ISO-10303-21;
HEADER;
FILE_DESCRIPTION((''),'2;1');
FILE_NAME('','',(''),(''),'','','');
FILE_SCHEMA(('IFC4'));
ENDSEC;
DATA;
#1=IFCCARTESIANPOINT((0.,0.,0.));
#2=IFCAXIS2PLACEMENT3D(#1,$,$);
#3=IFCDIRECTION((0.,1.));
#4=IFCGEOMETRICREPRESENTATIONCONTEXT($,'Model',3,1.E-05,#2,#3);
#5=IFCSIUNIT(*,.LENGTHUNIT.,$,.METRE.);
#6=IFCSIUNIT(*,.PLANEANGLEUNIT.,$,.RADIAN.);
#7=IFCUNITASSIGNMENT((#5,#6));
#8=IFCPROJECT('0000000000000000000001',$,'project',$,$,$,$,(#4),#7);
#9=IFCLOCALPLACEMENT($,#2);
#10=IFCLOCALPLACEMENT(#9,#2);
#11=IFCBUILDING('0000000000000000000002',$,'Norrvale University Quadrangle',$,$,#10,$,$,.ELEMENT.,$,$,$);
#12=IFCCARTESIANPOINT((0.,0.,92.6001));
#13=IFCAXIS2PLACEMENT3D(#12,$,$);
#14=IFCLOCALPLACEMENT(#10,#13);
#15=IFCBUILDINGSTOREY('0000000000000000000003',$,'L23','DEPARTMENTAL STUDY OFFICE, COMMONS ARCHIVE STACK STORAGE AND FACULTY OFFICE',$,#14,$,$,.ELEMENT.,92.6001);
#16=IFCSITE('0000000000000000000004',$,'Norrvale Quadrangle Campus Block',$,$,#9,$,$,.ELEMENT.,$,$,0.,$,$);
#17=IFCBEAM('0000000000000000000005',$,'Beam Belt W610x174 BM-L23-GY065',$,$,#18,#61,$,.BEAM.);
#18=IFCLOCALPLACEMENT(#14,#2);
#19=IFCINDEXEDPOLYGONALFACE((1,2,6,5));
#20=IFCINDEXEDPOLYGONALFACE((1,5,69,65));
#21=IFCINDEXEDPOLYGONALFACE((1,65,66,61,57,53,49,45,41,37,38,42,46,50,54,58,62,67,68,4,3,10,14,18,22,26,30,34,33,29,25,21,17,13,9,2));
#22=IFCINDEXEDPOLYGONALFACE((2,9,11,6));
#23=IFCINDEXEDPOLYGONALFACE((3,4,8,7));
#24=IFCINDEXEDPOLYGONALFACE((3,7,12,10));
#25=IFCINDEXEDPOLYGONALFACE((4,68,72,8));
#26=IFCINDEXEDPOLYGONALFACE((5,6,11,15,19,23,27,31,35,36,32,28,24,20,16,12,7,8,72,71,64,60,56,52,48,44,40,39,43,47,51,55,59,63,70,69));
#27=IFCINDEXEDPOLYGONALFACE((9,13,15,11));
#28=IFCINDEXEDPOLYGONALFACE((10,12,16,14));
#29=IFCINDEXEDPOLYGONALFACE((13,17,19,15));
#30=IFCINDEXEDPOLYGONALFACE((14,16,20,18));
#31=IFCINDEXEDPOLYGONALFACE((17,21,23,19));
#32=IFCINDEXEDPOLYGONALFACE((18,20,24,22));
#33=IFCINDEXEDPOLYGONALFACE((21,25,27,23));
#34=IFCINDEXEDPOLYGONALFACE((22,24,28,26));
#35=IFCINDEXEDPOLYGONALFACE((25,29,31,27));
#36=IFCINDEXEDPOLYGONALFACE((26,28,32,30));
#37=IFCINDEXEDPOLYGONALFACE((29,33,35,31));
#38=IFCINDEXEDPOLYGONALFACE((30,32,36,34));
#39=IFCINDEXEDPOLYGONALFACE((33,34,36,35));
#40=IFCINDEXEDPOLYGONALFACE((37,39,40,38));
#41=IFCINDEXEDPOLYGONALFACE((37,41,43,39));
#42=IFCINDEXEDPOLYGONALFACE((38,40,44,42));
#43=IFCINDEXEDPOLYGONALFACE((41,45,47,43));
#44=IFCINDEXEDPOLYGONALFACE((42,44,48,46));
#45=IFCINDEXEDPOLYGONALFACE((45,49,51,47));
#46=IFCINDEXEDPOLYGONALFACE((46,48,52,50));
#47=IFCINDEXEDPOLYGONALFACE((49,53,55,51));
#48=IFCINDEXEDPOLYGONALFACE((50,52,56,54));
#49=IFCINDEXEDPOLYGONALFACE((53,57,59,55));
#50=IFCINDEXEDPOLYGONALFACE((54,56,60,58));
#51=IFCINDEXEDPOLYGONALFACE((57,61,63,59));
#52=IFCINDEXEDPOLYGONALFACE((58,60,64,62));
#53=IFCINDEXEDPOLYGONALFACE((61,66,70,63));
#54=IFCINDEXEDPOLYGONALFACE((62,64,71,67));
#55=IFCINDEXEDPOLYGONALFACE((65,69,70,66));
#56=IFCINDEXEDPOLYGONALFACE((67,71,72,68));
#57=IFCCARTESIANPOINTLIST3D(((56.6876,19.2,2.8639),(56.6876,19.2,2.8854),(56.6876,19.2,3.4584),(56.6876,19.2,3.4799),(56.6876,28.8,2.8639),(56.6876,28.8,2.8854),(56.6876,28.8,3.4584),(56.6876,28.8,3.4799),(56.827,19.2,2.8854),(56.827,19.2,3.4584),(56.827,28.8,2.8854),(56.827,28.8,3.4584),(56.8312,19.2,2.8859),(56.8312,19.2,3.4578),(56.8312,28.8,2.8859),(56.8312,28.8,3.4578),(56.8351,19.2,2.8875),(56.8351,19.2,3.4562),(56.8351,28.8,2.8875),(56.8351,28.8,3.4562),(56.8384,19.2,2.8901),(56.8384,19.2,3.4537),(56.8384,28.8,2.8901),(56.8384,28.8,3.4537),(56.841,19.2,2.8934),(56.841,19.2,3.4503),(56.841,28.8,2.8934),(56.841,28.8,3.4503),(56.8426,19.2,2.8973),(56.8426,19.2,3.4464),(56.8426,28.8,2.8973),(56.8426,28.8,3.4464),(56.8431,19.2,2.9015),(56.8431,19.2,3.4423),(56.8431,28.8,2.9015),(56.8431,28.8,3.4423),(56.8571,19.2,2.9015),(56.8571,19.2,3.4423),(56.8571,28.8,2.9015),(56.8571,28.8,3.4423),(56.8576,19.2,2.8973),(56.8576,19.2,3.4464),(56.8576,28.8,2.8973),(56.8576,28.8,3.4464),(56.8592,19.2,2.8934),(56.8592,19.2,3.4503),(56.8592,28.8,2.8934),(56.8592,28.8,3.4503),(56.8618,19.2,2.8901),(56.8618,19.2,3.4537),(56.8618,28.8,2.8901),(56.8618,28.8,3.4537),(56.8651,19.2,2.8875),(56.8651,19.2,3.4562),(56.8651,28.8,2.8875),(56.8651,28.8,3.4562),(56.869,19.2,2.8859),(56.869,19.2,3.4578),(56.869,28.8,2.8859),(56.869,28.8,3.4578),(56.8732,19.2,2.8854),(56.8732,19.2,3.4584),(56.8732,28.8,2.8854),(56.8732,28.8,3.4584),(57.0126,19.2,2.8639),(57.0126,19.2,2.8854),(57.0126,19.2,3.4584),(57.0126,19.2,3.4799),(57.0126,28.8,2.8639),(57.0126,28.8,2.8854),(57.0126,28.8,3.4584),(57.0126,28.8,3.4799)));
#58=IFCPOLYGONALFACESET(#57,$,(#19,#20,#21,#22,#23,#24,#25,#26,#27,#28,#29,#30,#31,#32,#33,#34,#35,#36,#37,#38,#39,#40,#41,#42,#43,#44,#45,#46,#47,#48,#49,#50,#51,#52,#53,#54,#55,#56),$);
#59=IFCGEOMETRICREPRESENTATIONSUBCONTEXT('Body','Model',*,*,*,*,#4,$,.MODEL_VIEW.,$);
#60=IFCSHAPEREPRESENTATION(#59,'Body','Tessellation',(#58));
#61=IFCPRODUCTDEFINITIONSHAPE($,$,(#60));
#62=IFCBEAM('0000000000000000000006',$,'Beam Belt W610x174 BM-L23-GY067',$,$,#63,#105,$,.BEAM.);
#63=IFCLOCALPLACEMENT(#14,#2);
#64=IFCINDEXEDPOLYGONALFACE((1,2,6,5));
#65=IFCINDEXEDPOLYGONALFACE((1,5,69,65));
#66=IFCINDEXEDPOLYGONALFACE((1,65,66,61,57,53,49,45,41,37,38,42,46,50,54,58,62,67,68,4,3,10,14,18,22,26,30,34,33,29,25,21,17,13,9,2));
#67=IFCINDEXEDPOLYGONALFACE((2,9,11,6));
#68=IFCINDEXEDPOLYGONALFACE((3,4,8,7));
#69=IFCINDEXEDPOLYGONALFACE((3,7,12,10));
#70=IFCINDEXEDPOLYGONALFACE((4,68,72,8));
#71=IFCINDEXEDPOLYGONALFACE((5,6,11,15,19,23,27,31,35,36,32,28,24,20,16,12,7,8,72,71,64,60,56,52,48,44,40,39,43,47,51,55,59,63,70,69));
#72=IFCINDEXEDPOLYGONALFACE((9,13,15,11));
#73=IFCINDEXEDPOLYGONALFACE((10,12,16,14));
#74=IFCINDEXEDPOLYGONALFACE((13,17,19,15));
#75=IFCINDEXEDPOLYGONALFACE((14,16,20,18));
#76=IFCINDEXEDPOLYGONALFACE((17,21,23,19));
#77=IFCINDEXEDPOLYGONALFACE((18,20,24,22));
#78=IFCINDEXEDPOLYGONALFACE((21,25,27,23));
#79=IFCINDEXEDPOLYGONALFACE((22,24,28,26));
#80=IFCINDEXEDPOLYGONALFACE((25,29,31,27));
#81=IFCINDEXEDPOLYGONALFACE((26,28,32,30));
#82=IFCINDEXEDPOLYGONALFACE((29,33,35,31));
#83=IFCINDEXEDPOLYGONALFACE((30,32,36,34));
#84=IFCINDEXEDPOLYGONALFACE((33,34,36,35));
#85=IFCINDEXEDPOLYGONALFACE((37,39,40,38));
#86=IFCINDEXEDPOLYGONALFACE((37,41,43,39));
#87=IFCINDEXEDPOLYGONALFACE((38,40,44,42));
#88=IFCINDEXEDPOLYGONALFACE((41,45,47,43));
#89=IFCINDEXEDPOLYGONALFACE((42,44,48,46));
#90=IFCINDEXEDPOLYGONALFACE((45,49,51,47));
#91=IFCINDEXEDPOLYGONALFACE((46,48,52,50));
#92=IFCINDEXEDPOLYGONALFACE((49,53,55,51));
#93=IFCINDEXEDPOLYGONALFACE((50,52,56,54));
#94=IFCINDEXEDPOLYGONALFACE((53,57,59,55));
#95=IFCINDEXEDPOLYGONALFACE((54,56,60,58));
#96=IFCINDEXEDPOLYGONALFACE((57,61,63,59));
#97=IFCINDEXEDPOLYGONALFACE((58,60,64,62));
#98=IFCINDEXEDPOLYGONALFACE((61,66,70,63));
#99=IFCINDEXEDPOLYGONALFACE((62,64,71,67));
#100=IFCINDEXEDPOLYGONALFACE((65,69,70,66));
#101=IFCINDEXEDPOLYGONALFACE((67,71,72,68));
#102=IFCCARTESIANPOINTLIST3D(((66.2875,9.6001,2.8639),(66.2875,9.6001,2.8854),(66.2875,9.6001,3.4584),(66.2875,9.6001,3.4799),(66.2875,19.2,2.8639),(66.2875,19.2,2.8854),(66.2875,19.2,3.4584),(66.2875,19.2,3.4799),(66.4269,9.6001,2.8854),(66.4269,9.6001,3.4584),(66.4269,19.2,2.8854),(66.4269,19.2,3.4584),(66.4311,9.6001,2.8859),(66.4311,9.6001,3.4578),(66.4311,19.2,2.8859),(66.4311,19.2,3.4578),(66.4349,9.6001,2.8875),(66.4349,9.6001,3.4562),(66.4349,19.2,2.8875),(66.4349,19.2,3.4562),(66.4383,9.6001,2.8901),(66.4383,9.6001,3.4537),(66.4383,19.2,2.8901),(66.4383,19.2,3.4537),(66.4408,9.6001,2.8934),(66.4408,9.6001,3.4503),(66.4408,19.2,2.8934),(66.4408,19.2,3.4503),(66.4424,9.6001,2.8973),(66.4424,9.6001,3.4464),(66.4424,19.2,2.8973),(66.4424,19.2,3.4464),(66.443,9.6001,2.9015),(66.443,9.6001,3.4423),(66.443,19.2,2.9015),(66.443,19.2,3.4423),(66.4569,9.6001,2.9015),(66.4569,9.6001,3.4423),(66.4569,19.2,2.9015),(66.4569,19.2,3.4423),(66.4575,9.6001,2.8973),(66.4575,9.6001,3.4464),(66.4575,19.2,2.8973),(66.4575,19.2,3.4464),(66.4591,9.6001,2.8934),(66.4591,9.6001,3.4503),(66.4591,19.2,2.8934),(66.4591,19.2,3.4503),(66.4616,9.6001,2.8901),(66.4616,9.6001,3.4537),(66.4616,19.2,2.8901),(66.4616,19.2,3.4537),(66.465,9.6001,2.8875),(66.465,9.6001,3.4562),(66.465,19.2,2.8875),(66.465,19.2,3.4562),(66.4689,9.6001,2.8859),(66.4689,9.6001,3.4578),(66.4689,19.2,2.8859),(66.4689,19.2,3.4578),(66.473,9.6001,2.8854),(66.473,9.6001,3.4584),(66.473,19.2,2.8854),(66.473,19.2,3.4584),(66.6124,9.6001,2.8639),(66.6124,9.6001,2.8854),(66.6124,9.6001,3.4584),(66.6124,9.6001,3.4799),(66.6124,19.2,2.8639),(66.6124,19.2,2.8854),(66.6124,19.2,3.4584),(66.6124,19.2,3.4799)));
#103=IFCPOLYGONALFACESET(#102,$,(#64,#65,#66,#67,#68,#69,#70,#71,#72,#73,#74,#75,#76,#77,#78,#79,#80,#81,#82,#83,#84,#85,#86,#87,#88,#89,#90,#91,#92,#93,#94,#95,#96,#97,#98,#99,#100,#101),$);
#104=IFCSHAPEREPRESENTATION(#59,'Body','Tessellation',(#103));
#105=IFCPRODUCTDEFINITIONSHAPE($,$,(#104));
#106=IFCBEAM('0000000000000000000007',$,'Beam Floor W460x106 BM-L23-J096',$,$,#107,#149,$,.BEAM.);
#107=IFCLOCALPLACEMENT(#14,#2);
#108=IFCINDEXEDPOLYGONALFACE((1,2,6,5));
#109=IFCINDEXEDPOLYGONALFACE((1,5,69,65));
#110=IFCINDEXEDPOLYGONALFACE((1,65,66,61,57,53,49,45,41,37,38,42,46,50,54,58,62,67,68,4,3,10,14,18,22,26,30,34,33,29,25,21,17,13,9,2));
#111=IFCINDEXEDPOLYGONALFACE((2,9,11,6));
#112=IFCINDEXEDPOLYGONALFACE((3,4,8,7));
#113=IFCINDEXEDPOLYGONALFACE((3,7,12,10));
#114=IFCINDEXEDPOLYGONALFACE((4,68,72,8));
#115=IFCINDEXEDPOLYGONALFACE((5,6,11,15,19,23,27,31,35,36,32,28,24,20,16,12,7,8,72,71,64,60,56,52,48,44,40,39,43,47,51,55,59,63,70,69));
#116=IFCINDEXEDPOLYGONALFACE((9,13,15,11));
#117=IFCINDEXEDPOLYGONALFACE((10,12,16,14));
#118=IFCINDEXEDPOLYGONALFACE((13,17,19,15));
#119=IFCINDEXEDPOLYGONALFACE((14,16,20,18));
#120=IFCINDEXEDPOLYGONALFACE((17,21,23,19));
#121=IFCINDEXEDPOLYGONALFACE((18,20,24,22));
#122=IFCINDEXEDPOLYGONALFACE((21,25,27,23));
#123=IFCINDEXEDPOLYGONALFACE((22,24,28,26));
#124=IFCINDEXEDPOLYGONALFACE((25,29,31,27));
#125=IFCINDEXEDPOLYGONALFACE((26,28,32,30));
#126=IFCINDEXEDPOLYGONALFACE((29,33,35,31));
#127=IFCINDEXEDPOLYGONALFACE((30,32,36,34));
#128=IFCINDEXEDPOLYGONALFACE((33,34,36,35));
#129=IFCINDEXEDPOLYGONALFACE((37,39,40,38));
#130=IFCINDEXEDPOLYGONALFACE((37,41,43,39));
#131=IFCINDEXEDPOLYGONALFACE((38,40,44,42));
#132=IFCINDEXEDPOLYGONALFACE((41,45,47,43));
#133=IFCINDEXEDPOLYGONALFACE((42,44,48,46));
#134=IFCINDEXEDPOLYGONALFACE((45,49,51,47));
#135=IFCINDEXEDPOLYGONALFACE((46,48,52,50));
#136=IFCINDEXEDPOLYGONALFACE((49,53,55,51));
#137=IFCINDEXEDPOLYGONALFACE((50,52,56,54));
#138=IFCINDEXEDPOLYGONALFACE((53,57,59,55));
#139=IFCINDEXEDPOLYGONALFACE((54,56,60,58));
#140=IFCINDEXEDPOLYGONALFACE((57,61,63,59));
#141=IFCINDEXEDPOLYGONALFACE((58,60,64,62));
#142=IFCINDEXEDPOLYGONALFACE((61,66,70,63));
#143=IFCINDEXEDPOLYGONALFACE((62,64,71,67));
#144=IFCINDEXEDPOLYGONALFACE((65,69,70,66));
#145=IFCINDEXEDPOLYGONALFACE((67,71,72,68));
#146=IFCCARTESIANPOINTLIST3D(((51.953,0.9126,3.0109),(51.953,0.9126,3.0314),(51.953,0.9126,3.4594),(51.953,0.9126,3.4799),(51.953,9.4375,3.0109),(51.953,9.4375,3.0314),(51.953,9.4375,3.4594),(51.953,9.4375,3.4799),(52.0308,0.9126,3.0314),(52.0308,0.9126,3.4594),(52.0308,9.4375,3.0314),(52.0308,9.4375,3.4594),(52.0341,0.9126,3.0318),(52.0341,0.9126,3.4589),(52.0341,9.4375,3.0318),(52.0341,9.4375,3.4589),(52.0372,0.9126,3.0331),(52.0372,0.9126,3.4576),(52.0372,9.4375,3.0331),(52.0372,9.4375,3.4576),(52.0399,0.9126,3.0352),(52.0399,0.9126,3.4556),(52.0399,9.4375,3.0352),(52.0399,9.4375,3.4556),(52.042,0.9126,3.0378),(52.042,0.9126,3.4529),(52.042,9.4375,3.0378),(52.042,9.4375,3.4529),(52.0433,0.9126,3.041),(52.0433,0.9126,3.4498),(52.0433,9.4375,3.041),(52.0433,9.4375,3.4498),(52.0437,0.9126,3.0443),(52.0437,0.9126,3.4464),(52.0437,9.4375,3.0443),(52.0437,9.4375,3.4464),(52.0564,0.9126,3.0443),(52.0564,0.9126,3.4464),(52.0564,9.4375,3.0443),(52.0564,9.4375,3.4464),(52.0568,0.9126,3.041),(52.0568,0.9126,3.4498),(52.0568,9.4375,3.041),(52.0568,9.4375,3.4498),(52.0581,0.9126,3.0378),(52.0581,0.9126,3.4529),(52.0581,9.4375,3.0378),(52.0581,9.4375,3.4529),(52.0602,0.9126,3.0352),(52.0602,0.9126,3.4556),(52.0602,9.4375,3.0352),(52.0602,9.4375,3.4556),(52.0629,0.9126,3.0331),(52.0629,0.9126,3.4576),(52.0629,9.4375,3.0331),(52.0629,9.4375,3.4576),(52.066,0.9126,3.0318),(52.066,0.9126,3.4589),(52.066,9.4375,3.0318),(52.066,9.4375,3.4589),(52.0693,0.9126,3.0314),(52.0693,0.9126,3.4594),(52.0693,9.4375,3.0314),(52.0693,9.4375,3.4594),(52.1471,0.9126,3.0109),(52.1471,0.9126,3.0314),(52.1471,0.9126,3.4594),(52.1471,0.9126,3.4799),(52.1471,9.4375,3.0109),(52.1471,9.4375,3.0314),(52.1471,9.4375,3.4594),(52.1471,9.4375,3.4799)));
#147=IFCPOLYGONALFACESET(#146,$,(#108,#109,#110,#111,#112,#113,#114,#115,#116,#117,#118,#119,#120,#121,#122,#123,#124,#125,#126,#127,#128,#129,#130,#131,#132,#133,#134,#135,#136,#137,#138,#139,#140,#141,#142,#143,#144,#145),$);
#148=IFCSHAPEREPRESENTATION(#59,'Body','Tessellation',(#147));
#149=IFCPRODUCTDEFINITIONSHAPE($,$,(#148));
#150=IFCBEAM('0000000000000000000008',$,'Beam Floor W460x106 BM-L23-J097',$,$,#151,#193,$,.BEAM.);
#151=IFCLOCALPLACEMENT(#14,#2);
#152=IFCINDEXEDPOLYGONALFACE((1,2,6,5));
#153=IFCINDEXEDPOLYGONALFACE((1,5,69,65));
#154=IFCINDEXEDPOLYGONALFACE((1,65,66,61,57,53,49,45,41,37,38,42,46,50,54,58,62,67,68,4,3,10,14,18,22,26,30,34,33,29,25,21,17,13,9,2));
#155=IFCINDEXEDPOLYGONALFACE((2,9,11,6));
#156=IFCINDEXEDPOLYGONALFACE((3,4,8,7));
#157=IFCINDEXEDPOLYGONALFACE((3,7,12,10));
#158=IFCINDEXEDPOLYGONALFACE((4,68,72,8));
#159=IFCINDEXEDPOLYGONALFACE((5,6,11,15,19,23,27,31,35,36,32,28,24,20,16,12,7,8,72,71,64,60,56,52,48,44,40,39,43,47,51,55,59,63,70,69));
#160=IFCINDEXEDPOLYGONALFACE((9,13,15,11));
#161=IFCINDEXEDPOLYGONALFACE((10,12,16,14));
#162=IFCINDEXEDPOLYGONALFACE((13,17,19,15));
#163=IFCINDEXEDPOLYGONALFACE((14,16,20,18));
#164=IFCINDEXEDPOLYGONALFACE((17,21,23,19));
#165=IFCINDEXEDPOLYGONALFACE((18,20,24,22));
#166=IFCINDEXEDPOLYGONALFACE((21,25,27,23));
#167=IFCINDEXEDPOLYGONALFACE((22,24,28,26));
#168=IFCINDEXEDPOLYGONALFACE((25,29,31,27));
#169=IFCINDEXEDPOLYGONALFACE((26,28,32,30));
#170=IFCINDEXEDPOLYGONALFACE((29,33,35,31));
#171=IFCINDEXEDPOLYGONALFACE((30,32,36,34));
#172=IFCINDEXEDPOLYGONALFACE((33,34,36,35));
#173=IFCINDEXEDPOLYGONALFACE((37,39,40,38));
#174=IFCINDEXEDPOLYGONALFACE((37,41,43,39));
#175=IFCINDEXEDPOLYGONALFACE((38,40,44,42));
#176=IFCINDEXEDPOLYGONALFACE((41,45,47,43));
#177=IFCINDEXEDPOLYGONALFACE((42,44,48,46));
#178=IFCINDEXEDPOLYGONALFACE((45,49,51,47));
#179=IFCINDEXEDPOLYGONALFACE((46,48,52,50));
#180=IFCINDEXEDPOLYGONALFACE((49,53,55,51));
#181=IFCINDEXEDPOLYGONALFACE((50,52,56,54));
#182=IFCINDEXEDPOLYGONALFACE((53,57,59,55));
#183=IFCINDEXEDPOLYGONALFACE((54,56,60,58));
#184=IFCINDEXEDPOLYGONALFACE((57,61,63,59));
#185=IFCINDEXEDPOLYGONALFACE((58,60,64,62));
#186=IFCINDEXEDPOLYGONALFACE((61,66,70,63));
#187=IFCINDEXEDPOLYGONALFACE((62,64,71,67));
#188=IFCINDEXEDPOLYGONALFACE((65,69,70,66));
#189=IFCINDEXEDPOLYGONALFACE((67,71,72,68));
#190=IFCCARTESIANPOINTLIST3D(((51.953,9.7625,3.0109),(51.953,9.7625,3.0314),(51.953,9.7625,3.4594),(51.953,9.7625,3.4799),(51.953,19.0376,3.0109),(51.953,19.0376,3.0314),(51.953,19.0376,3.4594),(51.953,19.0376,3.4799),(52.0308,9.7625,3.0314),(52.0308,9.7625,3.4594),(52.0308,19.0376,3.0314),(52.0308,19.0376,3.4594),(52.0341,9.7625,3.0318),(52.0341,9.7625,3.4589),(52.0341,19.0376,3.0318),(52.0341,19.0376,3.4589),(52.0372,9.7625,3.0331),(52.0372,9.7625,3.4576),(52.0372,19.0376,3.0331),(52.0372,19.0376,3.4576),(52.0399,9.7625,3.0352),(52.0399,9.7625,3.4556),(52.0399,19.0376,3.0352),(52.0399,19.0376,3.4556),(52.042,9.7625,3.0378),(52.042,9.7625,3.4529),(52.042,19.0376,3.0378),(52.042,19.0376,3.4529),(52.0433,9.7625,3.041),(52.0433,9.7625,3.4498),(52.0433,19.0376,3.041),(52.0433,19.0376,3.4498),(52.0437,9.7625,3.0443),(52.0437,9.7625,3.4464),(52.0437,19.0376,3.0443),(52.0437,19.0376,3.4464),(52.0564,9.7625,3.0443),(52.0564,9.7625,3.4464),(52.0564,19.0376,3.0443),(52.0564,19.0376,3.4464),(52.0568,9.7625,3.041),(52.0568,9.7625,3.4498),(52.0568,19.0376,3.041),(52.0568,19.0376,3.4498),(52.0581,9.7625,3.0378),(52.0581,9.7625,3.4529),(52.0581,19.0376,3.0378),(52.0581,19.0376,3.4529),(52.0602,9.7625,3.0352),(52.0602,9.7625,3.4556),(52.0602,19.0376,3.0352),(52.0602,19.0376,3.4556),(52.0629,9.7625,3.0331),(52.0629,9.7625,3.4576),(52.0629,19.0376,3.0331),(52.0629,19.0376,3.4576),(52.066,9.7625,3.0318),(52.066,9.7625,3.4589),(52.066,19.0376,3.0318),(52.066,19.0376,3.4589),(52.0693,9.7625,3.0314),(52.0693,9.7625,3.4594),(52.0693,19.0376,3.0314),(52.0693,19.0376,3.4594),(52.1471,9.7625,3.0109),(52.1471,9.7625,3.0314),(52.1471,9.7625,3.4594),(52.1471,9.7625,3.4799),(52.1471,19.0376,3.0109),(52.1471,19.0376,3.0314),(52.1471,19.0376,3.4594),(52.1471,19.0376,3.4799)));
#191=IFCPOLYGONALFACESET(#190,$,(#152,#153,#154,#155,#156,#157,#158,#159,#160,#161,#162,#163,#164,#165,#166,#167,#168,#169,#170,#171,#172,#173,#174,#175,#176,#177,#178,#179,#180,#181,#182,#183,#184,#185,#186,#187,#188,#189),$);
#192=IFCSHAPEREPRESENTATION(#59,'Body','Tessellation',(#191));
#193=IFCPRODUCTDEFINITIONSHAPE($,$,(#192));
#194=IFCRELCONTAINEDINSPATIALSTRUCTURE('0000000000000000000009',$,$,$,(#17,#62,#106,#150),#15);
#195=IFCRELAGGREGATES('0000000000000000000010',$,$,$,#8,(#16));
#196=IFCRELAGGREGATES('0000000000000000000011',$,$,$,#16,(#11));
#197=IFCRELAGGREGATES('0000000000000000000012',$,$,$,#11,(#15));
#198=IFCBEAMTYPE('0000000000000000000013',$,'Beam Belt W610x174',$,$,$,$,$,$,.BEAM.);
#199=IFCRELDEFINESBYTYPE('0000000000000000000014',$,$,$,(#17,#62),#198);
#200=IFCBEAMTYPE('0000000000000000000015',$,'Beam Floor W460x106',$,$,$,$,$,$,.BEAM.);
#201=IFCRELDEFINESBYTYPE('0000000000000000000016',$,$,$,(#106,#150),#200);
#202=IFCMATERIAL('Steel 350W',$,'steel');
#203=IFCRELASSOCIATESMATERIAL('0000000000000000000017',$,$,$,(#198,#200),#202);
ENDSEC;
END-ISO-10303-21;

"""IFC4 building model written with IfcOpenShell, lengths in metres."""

from ifc_helpers import new_model, si_unit, direction, frame, origin, origin_2d, place, context, subcontext, project, spatial, i_section, extrude, material, material_profile, profile_set, type_object, element, save


model = new_model("IFC4")

# Units and contexts
model_context = context("Model", 3, precision=1e-05, world=origin(), true_north=direction((0.0, 1.0)))
body_context = subcontext(model_context, "Body", "Model", "MODEL_VIEW")
ifc_project = project(units=[si_unit("LENGTHUNIT", "METRE"), si_unit("PLANEANGLEUNIT", "RADIAN")], contexts=[model_context])

# Site, building, storey
site_placement = place(None, origin())
site = spatial("IfcSite", under=ifc_project, at=site_placement, Name="Norrvale Quadrangle Campus Block", CompositionType="ELEMENT", RefElevation=0.0)
building_placement = place(site_placement, origin())
building = spatial("IfcBuilding", under=site, at=building_placement, Name="Norrvale University Quadrangle", CompositionType="ELEMENT")
storey_placement = place(building_placement, frame((0.0, 0.0, 92.6001)))
storey = spatial("IfcBuildingStorey", under=building, at=storey_placement, Name="L23", Description="DEPARTMENTAL STUDY OFFICE, COMMONS ARCHIVE STACK STORAGE AND FACULTY OFFICE", CompositionType="ELEMENT", Elevation=92.6001)

# Beams
ifc_material_1 = material(Name="Steel 350W", Category="steel")
ifc_material_profile_1 = material_profile(ifc_material_1, i_section(OverallWidth=0.325, OverallDepth=0.616, WebThickness=0.0139, FlangeThickness=0.0215, FilletRadius=0.0161, at=origin_2d()), Name="Steel 350W")
ifc_profile_set_1 = profile_set([ifc_material_profile_1], Name="Steel 350W")
beam_type_1 = type_object("IfcBeamType", Name="Beam Belt W610x174", PredefinedType="BEAM", material=ifc_profile_set_1)
beam_1_placement = place(storey_placement, frame((56.8501, 19.2, 3.1719), z_axis=(0.0, 1.0, 0.0), x_axis=(-1.0, 0.0, 0.0)))
element("IfcBeam", 1, at=beam_1_placement, inside=storey, type_object=beam_type_1, Name="Beam Belt W610x174 BM-L23-GY065", PredefinedType="BEAM", context=body_context, shape_type="SweptSolid", body=[
    extrude(i_section(OverallWidth=0.325, OverallDepth=0.616, WebThickness=0.0139, FlangeThickness=0.0215, FilletRadius=0.0161, at=origin_2d()), origin(), (0.0, 0.0, 1.0), 9.6001),
])
beam_2_placement = place(storey_placement, frame((66.45, 9.6001, 3.1719), z_axis=(0.0, 1.0, 0.0), x_axis=(-1.0, 0.0, 0.0)))
element("IfcBeam", 2, at=beam_2_placement, inside=storey, type_object=beam_type_1, Name="Beam Belt W610x174 BM-L23-GY067", PredefinedType="BEAM", context=body_context, shape_type="SweptSolid", body=[
    extrude(i_section(OverallWidth=0.325, OverallDepth=0.616, WebThickness=0.0139, FlangeThickness=0.0215, FilletRadius=0.0161, at=origin_2d()), origin(), (0.0, 0.0, 1.0), 9.5999),
])
ifc_material_profile_2 = material_profile(ifc_material_1, i_section(OverallWidth=0.1941, OverallDepth=0.469, WebThickness=0.0127, FlangeThickness=0.0205, FilletRadius=0.0129, at=origin_2d()), Name="Steel 350W")
ifc_profile_set_2 = profile_set([ifc_material_profile_2], Name="Steel 350W")
beam_type_2 = type_object("IfcBeamType", Name="Beam Floor W460x106", PredefinedType="BEAM", material=ifc_profile_set_2)
beam_3_placement = place(storey_placement, frame((52.05, 0.9126, 3.2454), z_axis=(0.0, 1.0, 0.0), x_axis=(-1.0, 0.0, 0.0)))
element("IfcBeam", 3, at=beam_3_placement, inside=storey, type_object=beam_type_2, Name="Beam Floor W460x106 BM-L23-J096", PredefinedType="BEAM", context=body_context, shape_type="SweptSolid", body=[
    extrude(i_section(OverallWidth=0.1941, OverallDepth=0.469, WebThickness=0.0127, FlangeThickness=0.0205, FilletRadius=0.0129, at=origin_2d()), origin(), (0.0, 0.0, 1.0), 8.5249),
])
for number, where, z_axis, x_axis, name in (
    (4, (52.05, 9.7625, 3.2454), (0.0, 1.0, 0.0), (-1.0, 0.0, 0.0), "Beam Floor W460x106 BM-L23-J097"),
):
    element("IfcBeam", number, at=place(storey_placement, frame(where, z_axis=z_axis, x_axis=x_axis)), inside=storey, type_object=beam_type_2, Name=name, PredefinedType="BEAM", context=body_context, shape_type="SweptSolid", body=[
        extrude(i_section(OverallWidth=0.1941, OverallDepth=0.469, WebThickness=0.0127, FlangeThickness=0.0205, FilletRadius=0.0129, at=origin_2d()), origin(), (0.0, 0.0, 1.0), 9.2751),
    ])

save(model, "model.ifc")
